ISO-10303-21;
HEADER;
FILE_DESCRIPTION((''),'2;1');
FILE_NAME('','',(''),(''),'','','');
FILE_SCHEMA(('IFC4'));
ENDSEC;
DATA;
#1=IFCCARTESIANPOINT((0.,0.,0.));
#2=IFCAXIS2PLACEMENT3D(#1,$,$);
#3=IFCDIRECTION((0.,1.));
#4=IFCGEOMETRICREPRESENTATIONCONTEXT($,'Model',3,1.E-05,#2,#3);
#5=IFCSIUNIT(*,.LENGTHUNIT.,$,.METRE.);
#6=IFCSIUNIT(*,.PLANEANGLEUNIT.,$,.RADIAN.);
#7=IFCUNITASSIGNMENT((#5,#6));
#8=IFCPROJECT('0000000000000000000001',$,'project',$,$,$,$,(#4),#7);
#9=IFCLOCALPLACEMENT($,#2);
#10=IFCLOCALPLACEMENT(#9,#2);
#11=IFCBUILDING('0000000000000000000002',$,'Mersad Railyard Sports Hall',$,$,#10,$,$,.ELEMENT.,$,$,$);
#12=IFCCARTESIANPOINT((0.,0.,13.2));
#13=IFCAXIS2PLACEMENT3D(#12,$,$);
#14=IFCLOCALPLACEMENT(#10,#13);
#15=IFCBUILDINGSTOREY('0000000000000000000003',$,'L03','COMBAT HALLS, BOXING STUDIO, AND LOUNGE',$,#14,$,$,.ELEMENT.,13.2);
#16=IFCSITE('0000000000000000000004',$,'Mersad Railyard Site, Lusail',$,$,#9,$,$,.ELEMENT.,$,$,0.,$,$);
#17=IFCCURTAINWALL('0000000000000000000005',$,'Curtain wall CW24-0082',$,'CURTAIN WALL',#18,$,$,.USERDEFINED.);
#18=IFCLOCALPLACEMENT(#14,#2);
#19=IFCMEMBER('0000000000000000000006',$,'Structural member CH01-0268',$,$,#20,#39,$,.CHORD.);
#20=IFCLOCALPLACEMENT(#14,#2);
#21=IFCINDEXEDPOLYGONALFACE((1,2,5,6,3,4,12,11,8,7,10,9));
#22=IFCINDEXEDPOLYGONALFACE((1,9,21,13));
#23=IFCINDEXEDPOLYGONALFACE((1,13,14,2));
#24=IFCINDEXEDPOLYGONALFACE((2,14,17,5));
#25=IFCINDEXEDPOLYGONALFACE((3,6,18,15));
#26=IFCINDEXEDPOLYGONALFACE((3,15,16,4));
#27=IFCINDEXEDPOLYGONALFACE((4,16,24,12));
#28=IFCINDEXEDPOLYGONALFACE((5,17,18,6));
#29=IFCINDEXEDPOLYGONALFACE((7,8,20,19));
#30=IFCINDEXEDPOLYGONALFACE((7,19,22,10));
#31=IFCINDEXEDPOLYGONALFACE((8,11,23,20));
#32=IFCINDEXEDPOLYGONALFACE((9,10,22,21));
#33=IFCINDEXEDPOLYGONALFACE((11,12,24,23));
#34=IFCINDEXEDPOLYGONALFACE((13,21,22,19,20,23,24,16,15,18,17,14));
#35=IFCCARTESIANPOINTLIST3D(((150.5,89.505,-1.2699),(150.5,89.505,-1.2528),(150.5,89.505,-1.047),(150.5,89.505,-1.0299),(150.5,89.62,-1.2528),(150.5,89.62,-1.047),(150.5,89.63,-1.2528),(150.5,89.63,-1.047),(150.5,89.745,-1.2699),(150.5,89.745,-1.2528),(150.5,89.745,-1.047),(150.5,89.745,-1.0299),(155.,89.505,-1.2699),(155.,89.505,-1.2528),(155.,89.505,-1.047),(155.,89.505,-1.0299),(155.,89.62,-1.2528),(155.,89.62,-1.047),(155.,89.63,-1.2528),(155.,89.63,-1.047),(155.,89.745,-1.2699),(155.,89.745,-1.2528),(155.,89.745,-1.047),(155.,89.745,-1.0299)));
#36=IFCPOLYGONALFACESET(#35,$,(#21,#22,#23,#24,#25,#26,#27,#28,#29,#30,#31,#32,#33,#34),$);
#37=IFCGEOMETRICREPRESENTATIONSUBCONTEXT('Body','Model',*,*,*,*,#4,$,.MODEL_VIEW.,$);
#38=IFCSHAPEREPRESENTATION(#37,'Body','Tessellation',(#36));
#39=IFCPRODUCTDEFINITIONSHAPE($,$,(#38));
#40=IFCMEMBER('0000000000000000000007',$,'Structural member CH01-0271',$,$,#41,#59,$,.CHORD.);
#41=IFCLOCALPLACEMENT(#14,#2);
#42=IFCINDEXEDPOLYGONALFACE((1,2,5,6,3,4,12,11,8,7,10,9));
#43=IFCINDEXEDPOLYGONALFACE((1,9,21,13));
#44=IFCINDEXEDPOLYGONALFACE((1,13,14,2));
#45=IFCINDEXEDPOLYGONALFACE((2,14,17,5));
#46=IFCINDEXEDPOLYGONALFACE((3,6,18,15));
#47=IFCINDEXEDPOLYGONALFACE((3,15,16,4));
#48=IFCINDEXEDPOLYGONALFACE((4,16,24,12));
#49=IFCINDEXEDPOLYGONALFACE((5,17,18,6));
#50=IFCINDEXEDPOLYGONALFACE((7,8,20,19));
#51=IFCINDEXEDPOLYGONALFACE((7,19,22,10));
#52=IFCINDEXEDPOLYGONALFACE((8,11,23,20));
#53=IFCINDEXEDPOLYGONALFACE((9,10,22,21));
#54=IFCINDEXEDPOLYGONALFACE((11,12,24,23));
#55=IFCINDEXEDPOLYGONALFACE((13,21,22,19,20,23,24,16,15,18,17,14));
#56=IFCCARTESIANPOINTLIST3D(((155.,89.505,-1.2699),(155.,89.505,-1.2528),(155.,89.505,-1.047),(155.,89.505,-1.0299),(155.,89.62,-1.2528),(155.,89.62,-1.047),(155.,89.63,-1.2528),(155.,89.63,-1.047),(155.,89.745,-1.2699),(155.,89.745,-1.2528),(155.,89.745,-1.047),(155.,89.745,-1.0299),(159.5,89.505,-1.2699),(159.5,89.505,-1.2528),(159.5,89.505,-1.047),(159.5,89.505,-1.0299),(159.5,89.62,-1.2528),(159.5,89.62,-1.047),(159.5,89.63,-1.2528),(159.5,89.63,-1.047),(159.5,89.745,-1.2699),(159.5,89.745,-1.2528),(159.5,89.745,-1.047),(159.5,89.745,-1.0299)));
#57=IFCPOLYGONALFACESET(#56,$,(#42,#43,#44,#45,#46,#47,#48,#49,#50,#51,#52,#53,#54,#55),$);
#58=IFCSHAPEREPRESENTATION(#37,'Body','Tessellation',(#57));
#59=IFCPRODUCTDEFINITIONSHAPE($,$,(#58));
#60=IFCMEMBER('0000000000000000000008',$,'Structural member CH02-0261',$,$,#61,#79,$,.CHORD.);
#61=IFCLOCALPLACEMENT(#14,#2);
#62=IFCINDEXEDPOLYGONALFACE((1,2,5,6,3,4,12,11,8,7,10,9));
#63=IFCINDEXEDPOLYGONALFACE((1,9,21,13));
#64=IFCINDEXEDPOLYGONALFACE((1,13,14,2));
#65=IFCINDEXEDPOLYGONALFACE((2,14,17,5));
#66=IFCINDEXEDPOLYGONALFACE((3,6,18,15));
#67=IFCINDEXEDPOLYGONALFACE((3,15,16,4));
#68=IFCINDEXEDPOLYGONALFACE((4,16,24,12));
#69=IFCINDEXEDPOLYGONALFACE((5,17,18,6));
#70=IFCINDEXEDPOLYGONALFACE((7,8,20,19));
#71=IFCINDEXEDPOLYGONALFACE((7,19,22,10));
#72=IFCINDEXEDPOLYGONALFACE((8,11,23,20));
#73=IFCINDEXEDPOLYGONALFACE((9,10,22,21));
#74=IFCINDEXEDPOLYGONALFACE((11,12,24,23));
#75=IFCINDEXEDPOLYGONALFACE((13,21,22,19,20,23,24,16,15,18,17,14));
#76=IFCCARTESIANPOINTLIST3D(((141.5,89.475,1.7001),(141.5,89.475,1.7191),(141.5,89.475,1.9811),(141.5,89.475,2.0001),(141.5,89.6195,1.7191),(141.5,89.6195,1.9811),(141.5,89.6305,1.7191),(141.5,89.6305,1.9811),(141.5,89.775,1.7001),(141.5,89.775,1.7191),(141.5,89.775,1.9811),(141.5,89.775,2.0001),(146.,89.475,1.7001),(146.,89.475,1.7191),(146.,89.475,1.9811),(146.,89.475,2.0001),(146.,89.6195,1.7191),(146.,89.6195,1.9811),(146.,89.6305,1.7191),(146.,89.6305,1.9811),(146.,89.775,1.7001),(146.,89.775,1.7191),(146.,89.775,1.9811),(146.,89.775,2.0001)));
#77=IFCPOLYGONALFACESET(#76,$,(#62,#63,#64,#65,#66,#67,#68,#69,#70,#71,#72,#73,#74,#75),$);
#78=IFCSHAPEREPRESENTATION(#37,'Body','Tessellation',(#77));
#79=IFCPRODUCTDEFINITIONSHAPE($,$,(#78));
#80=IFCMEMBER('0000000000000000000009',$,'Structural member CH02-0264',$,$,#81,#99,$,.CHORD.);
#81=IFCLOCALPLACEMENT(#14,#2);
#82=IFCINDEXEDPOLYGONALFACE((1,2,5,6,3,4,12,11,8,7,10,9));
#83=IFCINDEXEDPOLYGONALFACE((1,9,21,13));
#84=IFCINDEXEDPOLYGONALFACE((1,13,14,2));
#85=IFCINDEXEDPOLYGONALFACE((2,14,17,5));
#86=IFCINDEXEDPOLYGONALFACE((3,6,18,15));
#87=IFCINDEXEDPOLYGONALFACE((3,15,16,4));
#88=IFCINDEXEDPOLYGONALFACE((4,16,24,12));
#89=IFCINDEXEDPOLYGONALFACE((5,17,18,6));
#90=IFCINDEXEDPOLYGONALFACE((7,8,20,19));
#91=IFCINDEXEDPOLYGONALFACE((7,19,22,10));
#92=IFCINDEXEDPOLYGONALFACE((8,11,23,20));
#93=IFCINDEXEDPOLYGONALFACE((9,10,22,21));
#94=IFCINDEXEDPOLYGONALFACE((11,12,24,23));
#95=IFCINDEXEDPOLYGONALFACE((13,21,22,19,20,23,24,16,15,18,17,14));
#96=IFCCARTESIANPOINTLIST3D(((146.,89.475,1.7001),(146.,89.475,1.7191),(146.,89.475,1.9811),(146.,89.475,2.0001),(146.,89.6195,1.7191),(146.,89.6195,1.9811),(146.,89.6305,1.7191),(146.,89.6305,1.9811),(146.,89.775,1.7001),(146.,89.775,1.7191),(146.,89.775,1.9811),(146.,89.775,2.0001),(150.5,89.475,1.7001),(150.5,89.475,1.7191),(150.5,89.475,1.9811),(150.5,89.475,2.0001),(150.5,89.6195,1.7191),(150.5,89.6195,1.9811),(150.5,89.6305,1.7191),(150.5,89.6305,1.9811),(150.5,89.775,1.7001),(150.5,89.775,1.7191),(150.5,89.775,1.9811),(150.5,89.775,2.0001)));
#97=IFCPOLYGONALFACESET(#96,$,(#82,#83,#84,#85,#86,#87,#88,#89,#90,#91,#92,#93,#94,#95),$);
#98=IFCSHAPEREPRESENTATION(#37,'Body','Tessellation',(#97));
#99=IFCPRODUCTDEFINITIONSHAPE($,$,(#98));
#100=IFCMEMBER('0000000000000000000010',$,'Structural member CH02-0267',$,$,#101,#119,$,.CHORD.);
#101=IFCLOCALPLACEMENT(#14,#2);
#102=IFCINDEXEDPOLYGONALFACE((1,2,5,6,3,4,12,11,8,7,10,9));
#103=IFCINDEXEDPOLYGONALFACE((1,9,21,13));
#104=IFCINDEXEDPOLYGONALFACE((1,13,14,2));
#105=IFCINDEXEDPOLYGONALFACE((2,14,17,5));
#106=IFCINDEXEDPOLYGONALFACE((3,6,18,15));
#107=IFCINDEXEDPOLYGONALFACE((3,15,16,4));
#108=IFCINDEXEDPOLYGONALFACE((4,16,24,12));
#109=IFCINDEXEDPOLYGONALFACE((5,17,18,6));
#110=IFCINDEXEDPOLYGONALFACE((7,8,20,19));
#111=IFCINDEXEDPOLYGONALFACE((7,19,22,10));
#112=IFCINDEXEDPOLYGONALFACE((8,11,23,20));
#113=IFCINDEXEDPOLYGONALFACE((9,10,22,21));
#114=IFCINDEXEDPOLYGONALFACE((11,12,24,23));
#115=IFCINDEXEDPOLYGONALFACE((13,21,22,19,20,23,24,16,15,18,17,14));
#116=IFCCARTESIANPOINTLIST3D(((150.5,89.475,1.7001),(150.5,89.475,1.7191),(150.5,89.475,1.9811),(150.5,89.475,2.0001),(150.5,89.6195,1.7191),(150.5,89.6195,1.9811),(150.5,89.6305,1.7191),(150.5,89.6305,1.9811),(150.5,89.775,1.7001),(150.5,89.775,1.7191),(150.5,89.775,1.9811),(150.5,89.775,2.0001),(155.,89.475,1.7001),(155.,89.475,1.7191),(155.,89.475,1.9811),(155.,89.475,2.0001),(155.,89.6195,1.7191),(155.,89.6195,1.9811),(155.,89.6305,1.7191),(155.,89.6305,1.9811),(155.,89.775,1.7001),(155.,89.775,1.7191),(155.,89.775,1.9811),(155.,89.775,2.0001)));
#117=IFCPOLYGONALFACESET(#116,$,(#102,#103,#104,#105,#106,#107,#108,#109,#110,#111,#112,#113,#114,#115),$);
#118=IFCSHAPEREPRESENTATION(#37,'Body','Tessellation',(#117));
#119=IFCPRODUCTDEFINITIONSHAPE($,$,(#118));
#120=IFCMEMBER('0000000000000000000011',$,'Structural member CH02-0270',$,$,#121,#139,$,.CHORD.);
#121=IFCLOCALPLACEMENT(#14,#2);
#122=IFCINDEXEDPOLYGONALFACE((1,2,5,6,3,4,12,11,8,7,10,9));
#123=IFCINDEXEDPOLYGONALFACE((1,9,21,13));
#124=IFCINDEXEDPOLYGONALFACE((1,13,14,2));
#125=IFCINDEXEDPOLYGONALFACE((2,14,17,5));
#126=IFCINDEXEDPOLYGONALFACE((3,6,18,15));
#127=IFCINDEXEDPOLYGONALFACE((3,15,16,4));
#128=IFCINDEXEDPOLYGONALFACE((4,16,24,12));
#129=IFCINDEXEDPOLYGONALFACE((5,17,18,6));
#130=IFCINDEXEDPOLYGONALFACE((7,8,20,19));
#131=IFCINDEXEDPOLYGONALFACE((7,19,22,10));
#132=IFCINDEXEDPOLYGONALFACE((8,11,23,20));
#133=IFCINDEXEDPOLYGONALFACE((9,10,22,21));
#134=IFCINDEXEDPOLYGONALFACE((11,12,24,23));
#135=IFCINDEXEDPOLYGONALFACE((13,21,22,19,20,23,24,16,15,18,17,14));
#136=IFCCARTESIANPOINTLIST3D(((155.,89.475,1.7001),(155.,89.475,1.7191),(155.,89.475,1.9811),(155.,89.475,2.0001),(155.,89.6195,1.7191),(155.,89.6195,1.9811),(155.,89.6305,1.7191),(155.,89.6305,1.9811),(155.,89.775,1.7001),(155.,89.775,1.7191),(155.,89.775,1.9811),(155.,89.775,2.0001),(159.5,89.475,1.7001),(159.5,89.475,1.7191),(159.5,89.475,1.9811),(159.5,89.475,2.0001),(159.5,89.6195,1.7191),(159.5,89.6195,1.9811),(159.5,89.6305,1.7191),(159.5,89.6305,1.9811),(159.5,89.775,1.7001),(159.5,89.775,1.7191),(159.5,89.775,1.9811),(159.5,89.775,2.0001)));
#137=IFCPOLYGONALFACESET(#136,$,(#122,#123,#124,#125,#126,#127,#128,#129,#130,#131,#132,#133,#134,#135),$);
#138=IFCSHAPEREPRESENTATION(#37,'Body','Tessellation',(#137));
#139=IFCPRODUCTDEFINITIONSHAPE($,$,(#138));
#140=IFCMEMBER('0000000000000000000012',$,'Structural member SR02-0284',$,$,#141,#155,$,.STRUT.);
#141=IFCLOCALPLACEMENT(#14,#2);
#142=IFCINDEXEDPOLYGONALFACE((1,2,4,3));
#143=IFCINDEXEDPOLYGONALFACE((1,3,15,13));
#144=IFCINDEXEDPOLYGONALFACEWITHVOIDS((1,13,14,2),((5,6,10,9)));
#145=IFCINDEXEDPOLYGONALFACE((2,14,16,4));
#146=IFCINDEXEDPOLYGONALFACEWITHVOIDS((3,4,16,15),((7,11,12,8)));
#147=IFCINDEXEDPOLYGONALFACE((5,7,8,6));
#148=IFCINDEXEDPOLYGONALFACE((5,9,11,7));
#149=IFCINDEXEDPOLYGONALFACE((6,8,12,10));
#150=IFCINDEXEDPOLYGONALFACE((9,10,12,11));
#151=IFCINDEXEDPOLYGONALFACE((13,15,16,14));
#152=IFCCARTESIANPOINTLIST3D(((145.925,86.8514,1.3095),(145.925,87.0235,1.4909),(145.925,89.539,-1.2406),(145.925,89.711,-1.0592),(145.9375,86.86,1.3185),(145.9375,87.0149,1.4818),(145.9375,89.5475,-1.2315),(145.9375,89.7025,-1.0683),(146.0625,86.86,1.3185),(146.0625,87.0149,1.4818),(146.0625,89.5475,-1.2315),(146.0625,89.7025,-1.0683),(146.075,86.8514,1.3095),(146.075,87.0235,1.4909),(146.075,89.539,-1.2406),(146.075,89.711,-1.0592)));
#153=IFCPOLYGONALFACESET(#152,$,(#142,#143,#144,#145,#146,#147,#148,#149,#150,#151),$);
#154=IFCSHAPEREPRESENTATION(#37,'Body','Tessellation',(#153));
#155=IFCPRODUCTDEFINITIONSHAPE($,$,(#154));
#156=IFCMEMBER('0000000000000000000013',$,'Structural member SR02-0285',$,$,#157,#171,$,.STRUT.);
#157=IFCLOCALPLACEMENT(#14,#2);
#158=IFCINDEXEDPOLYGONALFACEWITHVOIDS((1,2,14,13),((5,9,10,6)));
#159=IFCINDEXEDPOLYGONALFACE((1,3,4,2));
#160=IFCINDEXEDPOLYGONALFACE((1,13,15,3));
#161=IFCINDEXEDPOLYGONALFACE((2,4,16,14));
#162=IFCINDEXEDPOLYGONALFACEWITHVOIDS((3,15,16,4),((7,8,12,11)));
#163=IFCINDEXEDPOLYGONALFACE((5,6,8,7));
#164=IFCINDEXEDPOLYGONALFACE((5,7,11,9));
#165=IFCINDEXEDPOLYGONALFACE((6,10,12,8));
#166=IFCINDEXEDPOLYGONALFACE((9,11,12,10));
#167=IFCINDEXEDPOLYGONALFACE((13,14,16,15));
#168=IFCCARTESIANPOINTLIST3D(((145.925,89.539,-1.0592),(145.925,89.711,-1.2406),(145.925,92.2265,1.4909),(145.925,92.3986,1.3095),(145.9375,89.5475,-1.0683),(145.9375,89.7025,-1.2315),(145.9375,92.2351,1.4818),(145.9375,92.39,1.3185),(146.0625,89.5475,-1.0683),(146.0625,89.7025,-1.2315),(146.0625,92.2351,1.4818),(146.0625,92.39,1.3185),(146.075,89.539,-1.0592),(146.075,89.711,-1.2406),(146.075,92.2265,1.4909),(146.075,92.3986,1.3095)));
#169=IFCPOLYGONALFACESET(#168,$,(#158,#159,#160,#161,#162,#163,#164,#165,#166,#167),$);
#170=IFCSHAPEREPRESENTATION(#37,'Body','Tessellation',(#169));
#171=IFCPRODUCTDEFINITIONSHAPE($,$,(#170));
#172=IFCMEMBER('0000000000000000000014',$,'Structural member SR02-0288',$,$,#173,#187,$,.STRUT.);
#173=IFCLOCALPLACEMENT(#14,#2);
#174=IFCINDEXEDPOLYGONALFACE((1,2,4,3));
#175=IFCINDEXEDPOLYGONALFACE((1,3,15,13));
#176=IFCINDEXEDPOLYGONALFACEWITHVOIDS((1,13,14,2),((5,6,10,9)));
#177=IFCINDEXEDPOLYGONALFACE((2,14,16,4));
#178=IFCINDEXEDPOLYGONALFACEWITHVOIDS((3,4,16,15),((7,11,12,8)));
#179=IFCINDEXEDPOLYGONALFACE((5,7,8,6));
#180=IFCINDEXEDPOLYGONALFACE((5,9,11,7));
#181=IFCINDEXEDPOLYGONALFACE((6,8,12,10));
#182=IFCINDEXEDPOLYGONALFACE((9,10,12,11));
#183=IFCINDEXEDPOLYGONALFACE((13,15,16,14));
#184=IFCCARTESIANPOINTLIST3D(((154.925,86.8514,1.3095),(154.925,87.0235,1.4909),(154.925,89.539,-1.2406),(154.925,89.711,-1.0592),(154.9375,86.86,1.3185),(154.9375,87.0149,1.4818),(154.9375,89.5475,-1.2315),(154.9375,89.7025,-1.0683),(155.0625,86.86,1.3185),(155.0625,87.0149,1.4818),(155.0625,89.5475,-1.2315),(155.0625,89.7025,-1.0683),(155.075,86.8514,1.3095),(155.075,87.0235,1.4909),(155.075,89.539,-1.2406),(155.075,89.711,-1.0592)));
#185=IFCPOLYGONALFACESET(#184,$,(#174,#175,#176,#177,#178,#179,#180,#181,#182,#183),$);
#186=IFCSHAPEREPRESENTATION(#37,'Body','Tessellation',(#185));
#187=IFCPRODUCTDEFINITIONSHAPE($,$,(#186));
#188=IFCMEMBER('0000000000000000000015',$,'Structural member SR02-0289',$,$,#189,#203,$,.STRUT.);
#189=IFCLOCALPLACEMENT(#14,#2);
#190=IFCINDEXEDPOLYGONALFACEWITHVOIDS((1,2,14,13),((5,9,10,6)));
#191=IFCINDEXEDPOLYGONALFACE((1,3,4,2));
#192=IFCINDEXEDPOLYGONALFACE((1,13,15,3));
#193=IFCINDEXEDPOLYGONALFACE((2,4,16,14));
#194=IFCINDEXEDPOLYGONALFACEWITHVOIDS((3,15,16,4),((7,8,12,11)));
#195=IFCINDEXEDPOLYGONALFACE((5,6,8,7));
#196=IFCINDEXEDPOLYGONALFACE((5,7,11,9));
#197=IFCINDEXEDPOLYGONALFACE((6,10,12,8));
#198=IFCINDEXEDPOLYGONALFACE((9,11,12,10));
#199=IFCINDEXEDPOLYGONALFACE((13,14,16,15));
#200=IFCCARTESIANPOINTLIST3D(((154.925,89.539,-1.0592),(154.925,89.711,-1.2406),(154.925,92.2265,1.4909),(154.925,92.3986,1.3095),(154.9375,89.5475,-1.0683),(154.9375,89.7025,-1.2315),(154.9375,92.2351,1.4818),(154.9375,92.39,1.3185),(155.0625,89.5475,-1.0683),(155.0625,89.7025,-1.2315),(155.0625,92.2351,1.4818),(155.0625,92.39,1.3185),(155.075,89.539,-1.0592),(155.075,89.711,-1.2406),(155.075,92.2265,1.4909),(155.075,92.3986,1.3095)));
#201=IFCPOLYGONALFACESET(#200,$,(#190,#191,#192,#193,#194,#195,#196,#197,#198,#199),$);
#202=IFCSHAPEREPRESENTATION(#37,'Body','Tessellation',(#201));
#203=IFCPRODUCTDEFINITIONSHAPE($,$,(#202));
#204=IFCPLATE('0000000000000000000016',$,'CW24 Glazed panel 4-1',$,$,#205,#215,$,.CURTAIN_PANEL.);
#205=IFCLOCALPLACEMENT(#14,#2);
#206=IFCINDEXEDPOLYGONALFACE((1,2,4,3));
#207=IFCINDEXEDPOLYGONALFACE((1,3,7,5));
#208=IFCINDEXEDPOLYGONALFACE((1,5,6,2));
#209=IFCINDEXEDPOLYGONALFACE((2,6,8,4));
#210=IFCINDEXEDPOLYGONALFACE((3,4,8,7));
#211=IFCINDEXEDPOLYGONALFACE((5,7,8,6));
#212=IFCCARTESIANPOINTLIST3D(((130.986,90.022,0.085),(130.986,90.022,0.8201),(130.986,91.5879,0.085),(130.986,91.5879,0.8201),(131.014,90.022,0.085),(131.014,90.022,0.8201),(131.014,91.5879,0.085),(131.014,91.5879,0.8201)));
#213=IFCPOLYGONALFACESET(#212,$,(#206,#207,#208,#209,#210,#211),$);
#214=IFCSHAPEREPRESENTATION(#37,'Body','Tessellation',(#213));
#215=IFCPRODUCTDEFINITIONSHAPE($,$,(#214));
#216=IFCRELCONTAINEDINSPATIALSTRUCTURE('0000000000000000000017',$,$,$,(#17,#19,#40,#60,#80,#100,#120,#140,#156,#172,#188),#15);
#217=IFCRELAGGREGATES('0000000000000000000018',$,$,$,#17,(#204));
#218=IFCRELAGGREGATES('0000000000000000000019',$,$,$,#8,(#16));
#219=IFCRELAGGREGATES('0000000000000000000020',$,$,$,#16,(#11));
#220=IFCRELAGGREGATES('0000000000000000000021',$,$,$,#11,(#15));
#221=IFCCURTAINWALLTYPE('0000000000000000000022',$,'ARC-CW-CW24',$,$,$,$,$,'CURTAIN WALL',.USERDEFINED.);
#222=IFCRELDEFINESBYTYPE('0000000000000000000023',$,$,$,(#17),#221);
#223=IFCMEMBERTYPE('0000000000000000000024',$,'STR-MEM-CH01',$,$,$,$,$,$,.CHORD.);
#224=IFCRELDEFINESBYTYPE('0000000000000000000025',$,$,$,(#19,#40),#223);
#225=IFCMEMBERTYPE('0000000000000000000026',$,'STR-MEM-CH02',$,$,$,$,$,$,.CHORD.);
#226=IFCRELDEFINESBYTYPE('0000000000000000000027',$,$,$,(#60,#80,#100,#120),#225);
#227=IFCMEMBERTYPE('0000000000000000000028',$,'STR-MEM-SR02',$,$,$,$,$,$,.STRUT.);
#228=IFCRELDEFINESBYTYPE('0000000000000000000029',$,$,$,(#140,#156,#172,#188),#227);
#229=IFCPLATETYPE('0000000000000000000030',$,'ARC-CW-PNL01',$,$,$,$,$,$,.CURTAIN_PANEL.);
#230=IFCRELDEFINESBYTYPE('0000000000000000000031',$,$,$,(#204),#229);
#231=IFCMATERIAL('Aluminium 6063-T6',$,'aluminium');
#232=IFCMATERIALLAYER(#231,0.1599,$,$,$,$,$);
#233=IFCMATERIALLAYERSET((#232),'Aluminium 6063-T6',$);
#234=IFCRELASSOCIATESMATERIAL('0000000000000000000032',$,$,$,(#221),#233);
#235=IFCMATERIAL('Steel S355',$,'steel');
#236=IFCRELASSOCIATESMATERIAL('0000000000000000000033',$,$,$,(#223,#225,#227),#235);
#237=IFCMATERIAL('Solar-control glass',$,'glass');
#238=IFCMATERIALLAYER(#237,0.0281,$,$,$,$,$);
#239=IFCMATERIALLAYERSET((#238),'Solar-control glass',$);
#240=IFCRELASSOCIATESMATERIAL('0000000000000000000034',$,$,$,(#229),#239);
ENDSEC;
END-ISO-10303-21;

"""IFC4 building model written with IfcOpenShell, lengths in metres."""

from ifc_helpers import new_model, si_unit, direction, frame, origin, origin_2d, place, context, subcontext, project, spatial, rectangle, hollow_rectangle, i_section, extrude, material, layer, layer_set, material_profile, profile_set, type_object, element, aggregate, save


model = new_model("IFC4")

# Units and contexts
model_context = context("Model", 3, precision=1e-05, world=origin(), true_north=direction((0.0, 1.0)))
body_context = subcontext(model_context, "Body", "Model", "MODEL_VIEW")
ifc_project = project(units=[si_unit("LENGTHUNIT", "METRE"), si_unit("PLANEANGLEUNIT", "RADIAN")], contexts=[model_context])

# Site, building, storey
site_placement = place(None, origin())
site = spatial("IfcSite", under=ifc_project, at=site_placement, Name="Mersad Railyard Site, Lusail", CompositionType="ELEMENT", RefElevation=0.0)
building_placement = place(site_placement, origin())
building = spatial("IfcBuilding", under=site, at=building_placement, Name="Mersad Railyard Sports Hall", CompositionType="ELEMENT")
storey_placement = place(building_placement, frame((0.0, 0.0, 13.2)))
storey = spatial("IfcBuildingStorey", under=building, at=storey_placement, Name="L03", Description="COMBAT HALLS, BOXING STUDIO, AND LOUNGE", CompositionType="ELEMENT", Elevation=13.2)

# Curtain wall
ifc_material_1 = material(Name="Aluminium 6063-T6", Category="aluminium")
ifc_layer_1 = layer(ifc_material_1, 0.1599)
ifc_layer_set_1 = layer_set([ifc_layer_1], Name="Aluminium 6063-T6")
curtain_wall_type = type_object("IfcCurtainWallType", Name="ARC-CW-CW24", ElementType="CURTAIN WALL", PredefinedType="USERDEFINED", material=ifc_layer_set_1)
curtain_wall_placement = place(storey_placement, origin())
curtain_wall = element("IfcCurtainWall", 1, at=curtain_wall_placement, inside=storey, type_object=curtain_wall_type, Name="Curtain wall CW24-0082", ObjectType="CURTAIN WALL", PredefinedType="USERDEFINED")

# Members
ifc_material_2 = material(Name="Steel S355", Category="steel")
ifc_material_profile_1 = material_profile(ifc_material_2, i_section(OverallWidth=0.24, OverallDepth=0.24, WebThickness=0.01, FlangeThickness=0.0171, at=origin_2d()), Name="HEB 240")
ifc_profile_set_1 = profile_set([ifc_material_profile_1], Name="Steel S355")
member_type_1 = type_object("IfcMemberType", Name="STR-MEM-CH01", PredefinedType="CHORD", material=ifc_profile_set_1)
for number, where, z_axis, x_axis, name in (
    (2, (150.5, 89.625, -1.1499), (1.0, 0.0, 0.0), (0.0, 1.0, 0.0), "Structural member CH01-0268"),
    (3, (155.0, 89.625, -1.1499), (1.0, 0.0, 0.0), (0.0, 1.0, 0.0), "Structural member CH01-0271"),
):
    element("IfcMember", number, at=place(storey_placement, frame(where, z_axis=z_axis, x_axis=x_axis)), inside=storey, type_object=member_type_1, Name=name, PredefinedType="CHORD", context=body_context, shape_type="SweptSolid", body=[
        extrude(i_section(OverallWidth=0.24, OverallDepth=0.24, WebThickness=0.01, FlangeThickness=0.0171, at=origin_2d()), origin(), (0.0, 0.0, 1.0), 4.5),
    ])
ifc_material_profile_2 = material_profile(ifc_material_2, i_section(OverallWidth=0.3, OverallDepth=0.3, WebThickness=0.011, FlangeThickness=0.019, at=origin_2d()), Name="HEB 300")
ifc_profile_set_2 = profile_set([ifc_material_profile_2], Name="Steel S355")
member_type_2 = type_object("IfcMemberType", Name="STR-MEM-CH02", PredefinedType="CHORD", material=ifc_profile_set_2)
for number, where, z_axis, x_axis, name in (
    (4, (141.5, 89.625, 1.8501), (1.0, 0.0, 0.0), (0.0, 1.0, 0.0), "Structural member CH02-0261"),
    (5, (146.0, 89.625, 1.8501), (1.0, 0.0, 0.0), (0.0, 1.0, 0.0), "Structural member CH02-0264"),
    (6, (150.5, 89.625, 1.8501), (1.0, 0.0, 0.0), (0.0, 1.0, 0.0), "Structural member CH02-0267"),
    (7, (155.0, 89.625, 1.8501), (1.0, 0.0, 0.0), (0.0, 1.0, 0.0), "Structural member CH02-0270"),
):
    element("IfcMember", number, at=place(storey_placement, frame(where, z_axis=z_axis, x_axis=x_axis)), inside=storey, type_object=member_type_2, Name=name, PredefinedType="CHORD", context=body_context, shape_type="SweptSolid", body=[
        extrude(i_section(OverallWidth=0.3, OverallDepth=0.3, WebThickness=0.011, FlangeThickness=0.019, at=origin_2d()), origin(), (0.0, 0.0, 1.0), 4.5),
    ])
ifc_material_profile_3 = material_profile(ifc_material_2, hollow_rectangle(XDim=0.1499, YDim=0.25, WallThickness=0.0125, at=origin_2d()), Name="RHS 250x150x12.5")
ifc_profile_set_3 = profile_set([ifc_material_profile_3], Name="Steel S355")
member_type_3 = type_object("IfcMemberType", Name="STR-MEM-SR02", PredefinedType="STRUT", material=ifc_profile_set_3)
for number, where, z_axis, x_axis, name in (
    (8, (146.0, 89.625, -1.1499), (0.0, -0.725414, 0.688313), (1.0, 0.0, 0.0), "Structural member SR02-0284"),
    (9, (146.0, 89.625, -1.1499), (0.0, 0.725414, 0.688313), (-1.0, 0.0, 0.0), "Structural member SR02-0285"),
    (10, (155.0, 89.625, -1.1499), (0.0, -0.725414, 0.688313), (1.0, 0.0, 0.0), "Structural member SR02-0288"),
    (11, (155.0, 89.625, -1.1499), (0.0, 0.725414, 0.688313), (-1.0, 0.0, 0.0), "Structural member SR02-0289"),
):
    element("IfcMember", number, at=place(storey_placement, frame(where, z_axis=z_axis, x_axis=x_axis)), inside=storey, type_object=member_type_3, Name=name, PredefinedType="STRUT", context=body_context, shape_type="SweptSolid", body=[
        extrude(hollow_rectangle(XDim=0.1499, YDim=0.25, WallThickness=0.0125, at=origin_2d()), origin(), (0.0, 0.0, 1.0), 3.7048),
    ])

# Plate
ifc_material_3 = material(Name="Solar-control glass", Category="glass")
ifc_layer_2 = layer(ifc_material_3, 0.0281)
ifc_layer_set_2 = layer_set([ifc_layer_2], Name="Solar-control glass")
plate_type_1 = type_object("IfcPlateType", Name="ARC-CW-PNL01", PredefinedType="CURTAIN_PANEL", material=ifc_layer_set_2)
plate_1_placement = place(storey_placement, frame((131.0, 90.8049, 0.085), z_axis=(0.0, 0.0, 1.0), x_axis=(0.0, 1.0, 0.0)))
plate_1 = element("IfcPlate", 12, at=plate_1_placement, type_object=plate_type_1, Name="CW24 Glazed panel 4-1", PredefinedType="CURTAIN_PANEL", context=body_context, shape_type="SweptSolid", body=[
    extrude(rectangle(XDim=1.5659, YDim=0.0281, at=origin_2d()), origin(), (0.0, 0.0, 1.0), 0.7351),
])
aggregate(curtain_wall, [plate_1])

save(model, "model.ifc")
